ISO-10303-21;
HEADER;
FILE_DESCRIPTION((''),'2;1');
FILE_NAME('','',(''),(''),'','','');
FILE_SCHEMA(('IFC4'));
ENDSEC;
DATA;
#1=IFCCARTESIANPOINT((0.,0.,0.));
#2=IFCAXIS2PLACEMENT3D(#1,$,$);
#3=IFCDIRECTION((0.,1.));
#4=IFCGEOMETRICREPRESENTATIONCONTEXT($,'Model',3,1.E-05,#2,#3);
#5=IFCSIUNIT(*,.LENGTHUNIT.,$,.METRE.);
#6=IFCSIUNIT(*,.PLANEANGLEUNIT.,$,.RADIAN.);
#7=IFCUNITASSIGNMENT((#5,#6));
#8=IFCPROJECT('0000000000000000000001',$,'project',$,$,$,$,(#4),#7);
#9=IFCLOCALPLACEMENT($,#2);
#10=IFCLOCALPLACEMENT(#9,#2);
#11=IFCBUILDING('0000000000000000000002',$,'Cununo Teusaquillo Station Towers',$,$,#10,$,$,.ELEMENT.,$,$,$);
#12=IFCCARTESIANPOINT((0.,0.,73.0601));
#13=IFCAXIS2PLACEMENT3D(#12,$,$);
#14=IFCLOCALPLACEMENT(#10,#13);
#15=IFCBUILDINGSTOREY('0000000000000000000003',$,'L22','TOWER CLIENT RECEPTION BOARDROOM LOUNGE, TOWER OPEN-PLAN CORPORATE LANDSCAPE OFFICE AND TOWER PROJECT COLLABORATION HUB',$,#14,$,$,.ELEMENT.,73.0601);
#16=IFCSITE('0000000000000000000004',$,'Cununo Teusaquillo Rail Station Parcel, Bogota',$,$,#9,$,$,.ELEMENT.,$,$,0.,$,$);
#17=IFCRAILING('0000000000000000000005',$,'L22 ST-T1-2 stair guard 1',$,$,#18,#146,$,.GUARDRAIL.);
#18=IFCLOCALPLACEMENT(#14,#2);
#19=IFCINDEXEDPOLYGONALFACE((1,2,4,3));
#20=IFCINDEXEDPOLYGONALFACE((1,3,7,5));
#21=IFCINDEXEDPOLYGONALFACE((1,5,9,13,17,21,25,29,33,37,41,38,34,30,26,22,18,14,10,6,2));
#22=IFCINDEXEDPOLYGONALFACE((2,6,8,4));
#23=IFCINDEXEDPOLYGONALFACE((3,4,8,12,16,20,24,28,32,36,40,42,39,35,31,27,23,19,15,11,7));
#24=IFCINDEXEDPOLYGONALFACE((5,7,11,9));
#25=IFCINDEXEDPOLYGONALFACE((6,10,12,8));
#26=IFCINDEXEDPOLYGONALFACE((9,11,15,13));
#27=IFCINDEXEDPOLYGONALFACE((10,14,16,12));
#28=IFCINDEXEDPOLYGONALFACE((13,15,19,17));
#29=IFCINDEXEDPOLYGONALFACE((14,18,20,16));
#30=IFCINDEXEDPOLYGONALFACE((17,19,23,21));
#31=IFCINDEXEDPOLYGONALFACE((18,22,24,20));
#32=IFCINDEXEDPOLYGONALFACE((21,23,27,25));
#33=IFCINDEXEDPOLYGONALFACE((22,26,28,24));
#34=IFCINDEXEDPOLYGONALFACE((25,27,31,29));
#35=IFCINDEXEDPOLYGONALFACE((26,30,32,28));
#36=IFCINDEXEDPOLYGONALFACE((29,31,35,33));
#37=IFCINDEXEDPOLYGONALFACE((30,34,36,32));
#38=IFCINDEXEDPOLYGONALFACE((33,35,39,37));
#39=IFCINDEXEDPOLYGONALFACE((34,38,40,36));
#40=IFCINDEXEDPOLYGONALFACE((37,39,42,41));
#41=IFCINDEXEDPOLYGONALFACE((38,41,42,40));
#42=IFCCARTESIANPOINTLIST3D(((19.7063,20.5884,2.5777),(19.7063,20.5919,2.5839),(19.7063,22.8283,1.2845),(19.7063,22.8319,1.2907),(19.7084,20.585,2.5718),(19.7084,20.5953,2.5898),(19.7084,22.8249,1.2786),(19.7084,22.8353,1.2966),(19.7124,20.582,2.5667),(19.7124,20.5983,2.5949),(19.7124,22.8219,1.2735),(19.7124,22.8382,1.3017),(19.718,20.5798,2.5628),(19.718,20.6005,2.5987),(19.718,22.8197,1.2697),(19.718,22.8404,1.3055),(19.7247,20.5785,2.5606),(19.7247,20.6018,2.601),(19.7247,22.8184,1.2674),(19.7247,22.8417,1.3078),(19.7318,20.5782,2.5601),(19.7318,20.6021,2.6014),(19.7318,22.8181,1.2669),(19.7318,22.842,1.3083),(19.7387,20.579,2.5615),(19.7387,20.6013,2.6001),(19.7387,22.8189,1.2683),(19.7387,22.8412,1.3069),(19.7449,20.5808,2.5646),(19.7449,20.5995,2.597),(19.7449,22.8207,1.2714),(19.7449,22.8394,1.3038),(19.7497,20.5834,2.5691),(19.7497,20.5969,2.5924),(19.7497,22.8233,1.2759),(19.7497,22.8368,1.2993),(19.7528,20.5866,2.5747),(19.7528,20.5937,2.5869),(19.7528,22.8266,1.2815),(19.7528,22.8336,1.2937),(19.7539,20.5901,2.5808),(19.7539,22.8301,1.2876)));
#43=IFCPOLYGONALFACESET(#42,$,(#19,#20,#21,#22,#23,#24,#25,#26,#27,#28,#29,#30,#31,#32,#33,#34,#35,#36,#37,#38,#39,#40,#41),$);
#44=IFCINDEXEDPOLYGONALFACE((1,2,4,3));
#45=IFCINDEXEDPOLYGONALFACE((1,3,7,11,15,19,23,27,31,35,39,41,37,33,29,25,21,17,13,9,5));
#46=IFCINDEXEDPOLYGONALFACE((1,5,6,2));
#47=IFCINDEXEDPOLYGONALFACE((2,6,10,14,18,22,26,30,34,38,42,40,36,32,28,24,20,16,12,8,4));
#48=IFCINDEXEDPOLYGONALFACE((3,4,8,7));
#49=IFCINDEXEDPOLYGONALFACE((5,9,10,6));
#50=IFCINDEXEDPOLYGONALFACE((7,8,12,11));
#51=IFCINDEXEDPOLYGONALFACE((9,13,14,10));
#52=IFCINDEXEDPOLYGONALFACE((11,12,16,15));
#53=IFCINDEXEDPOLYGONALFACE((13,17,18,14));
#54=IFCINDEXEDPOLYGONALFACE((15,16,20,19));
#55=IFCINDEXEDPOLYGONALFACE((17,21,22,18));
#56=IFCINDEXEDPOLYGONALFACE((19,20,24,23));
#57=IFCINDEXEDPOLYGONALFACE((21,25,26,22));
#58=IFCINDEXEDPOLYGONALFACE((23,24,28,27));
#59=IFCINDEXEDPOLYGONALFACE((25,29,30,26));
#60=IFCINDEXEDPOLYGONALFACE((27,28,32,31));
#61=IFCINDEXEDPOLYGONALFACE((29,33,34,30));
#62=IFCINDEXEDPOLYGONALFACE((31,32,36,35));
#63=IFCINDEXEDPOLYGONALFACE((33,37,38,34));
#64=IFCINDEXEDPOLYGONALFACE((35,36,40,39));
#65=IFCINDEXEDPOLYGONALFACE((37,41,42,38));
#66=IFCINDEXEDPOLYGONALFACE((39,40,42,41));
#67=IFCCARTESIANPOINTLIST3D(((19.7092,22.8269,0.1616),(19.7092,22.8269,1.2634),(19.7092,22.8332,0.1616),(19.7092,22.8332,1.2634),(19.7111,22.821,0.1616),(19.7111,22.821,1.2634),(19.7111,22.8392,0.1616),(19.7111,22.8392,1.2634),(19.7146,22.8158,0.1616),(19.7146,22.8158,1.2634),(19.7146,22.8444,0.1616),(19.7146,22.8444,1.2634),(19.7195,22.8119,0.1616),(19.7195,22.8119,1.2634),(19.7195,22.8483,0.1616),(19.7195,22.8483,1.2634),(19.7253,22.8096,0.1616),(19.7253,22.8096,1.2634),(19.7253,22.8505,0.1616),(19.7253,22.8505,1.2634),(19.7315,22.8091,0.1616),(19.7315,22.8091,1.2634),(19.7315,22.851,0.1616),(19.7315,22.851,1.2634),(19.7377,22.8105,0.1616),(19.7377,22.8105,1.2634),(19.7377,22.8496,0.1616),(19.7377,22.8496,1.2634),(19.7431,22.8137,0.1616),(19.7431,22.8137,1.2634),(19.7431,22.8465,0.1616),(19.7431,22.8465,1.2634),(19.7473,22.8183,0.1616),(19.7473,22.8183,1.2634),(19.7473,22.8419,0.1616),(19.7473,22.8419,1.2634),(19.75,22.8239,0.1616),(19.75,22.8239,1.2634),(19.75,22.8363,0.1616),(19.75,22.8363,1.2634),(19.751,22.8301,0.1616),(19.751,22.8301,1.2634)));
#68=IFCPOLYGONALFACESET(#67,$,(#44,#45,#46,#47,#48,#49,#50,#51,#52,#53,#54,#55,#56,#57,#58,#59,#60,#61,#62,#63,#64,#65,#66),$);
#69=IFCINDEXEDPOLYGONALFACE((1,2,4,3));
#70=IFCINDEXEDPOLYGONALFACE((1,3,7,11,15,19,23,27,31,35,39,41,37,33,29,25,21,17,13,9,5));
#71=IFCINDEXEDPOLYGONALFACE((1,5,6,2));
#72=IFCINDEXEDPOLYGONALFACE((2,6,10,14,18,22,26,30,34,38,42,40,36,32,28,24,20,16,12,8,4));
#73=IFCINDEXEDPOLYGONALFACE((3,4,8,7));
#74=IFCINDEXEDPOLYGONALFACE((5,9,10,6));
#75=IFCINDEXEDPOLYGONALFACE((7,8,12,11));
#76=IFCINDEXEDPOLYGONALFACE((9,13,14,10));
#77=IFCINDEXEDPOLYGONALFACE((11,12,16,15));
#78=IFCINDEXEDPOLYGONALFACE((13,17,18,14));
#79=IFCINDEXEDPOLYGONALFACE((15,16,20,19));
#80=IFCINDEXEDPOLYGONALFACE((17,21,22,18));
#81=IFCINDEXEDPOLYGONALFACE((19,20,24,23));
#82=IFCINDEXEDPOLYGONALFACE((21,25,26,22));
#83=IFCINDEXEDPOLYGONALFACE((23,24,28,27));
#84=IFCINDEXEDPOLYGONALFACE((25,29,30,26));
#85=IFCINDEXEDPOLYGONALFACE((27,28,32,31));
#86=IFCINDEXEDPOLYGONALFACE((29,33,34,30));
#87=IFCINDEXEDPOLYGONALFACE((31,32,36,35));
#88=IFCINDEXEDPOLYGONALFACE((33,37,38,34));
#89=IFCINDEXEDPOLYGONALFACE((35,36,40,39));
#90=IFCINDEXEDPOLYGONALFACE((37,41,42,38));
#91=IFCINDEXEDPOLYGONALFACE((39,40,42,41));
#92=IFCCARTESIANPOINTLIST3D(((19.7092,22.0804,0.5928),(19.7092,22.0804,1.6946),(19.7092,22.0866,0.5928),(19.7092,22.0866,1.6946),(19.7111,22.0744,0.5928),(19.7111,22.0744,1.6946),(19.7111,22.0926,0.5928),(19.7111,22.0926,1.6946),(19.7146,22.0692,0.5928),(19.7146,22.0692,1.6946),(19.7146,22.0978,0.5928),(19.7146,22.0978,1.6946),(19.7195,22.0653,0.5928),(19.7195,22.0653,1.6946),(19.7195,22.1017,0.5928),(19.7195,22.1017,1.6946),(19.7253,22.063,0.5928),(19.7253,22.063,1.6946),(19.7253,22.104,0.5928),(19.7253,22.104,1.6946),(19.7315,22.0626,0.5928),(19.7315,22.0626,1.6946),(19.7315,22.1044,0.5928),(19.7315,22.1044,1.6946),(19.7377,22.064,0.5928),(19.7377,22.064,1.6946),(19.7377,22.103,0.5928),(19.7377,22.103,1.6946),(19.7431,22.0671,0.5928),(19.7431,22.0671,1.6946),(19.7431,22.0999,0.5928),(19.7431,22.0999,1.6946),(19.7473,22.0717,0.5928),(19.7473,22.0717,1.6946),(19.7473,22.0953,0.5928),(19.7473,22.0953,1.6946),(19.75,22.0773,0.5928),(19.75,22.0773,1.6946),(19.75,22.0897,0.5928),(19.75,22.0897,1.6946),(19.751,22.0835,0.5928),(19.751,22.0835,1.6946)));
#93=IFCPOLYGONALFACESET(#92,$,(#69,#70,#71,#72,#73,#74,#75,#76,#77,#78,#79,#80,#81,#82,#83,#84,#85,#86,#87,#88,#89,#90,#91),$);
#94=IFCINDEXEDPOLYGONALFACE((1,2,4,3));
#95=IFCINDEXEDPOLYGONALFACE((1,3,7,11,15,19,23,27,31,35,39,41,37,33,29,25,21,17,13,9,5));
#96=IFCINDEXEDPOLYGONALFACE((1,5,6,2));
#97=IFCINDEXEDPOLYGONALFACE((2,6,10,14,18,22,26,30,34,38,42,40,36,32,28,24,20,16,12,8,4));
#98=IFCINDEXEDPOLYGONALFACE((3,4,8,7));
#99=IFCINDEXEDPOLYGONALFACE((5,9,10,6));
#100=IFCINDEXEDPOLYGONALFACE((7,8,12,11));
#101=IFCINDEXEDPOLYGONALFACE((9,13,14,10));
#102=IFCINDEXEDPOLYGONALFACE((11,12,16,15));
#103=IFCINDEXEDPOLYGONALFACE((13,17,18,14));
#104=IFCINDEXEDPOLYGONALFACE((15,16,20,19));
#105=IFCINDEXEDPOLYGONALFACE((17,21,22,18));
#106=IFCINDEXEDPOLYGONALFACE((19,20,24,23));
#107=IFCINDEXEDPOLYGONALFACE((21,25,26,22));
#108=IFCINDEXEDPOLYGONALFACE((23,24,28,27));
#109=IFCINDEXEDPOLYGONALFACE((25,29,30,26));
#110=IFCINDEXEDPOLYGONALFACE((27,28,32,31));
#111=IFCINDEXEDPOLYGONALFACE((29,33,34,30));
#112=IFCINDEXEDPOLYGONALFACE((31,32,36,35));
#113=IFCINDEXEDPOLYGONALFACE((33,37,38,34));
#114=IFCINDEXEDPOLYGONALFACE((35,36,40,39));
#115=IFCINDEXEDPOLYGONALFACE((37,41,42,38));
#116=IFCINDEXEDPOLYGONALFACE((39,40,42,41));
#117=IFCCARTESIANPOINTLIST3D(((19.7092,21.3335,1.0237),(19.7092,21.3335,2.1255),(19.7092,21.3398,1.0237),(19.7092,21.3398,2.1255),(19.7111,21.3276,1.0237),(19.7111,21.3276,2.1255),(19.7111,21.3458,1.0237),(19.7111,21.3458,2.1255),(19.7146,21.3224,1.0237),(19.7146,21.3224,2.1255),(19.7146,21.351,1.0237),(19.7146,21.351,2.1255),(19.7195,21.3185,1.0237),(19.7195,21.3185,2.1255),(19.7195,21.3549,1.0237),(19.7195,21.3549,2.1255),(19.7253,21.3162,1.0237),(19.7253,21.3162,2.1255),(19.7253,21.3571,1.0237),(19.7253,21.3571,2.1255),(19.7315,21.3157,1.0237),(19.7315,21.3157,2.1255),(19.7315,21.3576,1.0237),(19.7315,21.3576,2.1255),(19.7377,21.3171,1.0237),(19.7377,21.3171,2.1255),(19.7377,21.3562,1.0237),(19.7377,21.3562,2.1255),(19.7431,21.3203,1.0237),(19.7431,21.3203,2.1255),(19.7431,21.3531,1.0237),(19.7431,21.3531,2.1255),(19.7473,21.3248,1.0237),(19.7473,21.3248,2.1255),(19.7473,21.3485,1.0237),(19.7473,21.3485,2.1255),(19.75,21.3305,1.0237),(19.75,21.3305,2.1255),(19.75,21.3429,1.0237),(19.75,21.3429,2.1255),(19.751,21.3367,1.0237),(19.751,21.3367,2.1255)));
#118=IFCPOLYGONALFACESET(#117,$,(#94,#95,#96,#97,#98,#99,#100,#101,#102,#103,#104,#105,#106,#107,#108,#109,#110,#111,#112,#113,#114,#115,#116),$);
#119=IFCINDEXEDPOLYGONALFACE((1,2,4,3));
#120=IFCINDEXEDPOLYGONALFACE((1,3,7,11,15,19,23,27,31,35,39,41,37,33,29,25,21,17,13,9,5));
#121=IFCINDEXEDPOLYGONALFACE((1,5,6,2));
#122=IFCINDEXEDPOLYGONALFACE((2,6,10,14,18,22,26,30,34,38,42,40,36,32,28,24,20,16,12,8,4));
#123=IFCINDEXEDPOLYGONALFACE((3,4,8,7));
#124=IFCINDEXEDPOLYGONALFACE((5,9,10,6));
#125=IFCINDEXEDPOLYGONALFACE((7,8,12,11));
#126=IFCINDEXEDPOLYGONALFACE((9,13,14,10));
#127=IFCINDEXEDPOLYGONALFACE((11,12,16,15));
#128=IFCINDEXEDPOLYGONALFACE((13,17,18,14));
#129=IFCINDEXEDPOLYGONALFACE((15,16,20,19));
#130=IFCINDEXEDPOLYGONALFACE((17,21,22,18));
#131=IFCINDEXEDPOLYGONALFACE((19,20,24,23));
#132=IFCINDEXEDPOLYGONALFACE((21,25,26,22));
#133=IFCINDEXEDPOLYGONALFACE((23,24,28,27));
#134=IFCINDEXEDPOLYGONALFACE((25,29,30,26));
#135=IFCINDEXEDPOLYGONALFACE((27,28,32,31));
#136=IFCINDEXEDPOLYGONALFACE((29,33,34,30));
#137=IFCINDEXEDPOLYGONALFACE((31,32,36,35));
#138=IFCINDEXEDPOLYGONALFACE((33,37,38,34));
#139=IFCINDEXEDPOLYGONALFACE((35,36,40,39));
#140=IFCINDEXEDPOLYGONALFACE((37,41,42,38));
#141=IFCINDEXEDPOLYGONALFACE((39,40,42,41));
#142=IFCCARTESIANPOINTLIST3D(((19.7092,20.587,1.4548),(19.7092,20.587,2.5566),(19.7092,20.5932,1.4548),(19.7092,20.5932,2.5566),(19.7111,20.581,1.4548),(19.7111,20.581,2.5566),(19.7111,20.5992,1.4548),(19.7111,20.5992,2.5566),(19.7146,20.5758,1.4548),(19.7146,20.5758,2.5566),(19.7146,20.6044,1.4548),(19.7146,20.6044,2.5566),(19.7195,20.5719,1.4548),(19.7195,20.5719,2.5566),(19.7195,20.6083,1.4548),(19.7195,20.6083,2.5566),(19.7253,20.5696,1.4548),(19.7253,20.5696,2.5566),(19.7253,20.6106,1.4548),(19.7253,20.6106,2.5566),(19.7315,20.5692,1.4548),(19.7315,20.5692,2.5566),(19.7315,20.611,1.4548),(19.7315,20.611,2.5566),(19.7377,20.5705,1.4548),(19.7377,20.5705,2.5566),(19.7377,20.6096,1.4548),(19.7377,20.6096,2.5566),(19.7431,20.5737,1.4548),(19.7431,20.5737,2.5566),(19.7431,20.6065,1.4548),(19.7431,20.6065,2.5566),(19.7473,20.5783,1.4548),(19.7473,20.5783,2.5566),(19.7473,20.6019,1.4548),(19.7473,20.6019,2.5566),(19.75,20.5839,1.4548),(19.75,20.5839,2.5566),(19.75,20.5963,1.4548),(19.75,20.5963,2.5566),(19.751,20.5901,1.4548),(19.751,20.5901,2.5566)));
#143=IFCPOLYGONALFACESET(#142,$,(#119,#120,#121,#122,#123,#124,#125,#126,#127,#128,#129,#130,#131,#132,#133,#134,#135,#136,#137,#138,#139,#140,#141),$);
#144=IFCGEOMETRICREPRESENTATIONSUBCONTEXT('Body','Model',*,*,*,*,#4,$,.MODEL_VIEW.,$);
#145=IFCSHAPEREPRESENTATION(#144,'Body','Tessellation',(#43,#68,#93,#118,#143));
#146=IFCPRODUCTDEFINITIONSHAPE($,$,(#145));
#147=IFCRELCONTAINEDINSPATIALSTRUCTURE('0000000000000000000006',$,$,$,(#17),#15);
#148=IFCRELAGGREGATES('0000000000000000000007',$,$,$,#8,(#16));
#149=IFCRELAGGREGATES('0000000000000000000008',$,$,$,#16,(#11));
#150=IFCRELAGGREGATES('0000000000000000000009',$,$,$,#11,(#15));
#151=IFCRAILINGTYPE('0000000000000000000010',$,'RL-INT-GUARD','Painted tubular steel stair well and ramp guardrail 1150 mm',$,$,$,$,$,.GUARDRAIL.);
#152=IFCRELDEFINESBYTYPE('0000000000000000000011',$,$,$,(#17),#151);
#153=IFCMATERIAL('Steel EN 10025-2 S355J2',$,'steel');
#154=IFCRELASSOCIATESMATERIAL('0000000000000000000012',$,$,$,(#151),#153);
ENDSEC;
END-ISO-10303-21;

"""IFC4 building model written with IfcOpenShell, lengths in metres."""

from ifc_helpers import new_model, si_unit, direction, frame, origin, origin_2d, place, context, subcontext, project, spatial, circle, extrude, material, type_object, element, save


model = new_model("IFC4")

# Units and contexts
model_context = context("Model", 3, precision=1e-05, world=origin(), true_north=direction((0.0, 1.0)))
body_context = subcontext(model_context, "Body", "Model", "MODEL_VIEW")
ifc_project = project(units=[si_unit("LENGTHUNIT", "METRE"), si_unit("PLANEANGLEUNIT", "RADIAN")], contexts=[model_context])

# Site, building, storey
site_placement = place(None, origin())
site = spatial("IfcSite", under=ifc_project, at=site_placement, Name="Cununo Teusaquillo Rail Station Parcel, Bogota", CompositionType="ELEMENT", RefElevation=0.0)
building_placement = place(site_placement, origin())
building = spatial("IfcBuilding", under=site, at=building_placement, Name="Cununo Teusaquillo Station Towers", CompositionType="ELEMENT")
storey_placement = place(building_placement, frame((0.0, 0.0, 73.0601)))
storey = spatial("IfcBuildingStorey", under=building, at=storey_placement, Name="L22", Description="TOWER CLIENT RECEPTION BOARDROOM LOUNGE, TOWER OPEN-PLAN CORPORATE LANDSCAPE OFFICE AND TOWER PROJECT COLLABORATION HUB", CompositionType="ELEMENT", Elevation=73.0601)

# Railing
ifc_material_1 = material(Name="Steel EN 10025-2 S355J2", Category="steel")
railing_type_1 = type_object("IfcRailingType", Name="RL-INT-GUARD", Description="Painted tubular steel stair well and ramp guardrail 1150 mm", PredefinedType="GUARDRAIL", material=ifc_material_1)
railing_1_placement = place(storey_placement, frame((19.73, 22.8301, 0.1616)))
element("IfcRailing", 1, at=railing_1_placement, inside=storey, type_object=railing_type_1, Name="L22 ST-T1-2 stair guard 1", PredefinedType="GUARDRAIL", context=body_context, shape_type="SweptSolid", body=[
    extrude(circle(Radius=0.0239, at=origin_2d()), frame((0.0, 0.0, 1.126), z_axis=(0.0, -0.866033, 0.499987), x_axis=(1.0, 0.0, 0.0)), (0.0, 0.0, 1.0), 2.5864),
    extrude(circle(Radius=0.021, at=origin_2d()), origin(), (0.0, 0.0, 1.0), 1.1018),
    extrude(circle(Radius=0.021, at=origin_2d()), frame((0.0, -0.7466, 0.4312)), (0.0, 0.0, 1.0), 1.1018),
    extrude(circle(Radius=0.021, at=origin_2d()), frame((0.0, -1.4934, 0.8621)), (0.0, 0.0, 1.0), 1.1018),
    extrude(circle(Radius=0.021, at=origin_2d()), frame((0.0, -2.24, 1.2932)), (0.0, 0.0, 1.0), 1.1018),
])

save(model, "model.ifc")
